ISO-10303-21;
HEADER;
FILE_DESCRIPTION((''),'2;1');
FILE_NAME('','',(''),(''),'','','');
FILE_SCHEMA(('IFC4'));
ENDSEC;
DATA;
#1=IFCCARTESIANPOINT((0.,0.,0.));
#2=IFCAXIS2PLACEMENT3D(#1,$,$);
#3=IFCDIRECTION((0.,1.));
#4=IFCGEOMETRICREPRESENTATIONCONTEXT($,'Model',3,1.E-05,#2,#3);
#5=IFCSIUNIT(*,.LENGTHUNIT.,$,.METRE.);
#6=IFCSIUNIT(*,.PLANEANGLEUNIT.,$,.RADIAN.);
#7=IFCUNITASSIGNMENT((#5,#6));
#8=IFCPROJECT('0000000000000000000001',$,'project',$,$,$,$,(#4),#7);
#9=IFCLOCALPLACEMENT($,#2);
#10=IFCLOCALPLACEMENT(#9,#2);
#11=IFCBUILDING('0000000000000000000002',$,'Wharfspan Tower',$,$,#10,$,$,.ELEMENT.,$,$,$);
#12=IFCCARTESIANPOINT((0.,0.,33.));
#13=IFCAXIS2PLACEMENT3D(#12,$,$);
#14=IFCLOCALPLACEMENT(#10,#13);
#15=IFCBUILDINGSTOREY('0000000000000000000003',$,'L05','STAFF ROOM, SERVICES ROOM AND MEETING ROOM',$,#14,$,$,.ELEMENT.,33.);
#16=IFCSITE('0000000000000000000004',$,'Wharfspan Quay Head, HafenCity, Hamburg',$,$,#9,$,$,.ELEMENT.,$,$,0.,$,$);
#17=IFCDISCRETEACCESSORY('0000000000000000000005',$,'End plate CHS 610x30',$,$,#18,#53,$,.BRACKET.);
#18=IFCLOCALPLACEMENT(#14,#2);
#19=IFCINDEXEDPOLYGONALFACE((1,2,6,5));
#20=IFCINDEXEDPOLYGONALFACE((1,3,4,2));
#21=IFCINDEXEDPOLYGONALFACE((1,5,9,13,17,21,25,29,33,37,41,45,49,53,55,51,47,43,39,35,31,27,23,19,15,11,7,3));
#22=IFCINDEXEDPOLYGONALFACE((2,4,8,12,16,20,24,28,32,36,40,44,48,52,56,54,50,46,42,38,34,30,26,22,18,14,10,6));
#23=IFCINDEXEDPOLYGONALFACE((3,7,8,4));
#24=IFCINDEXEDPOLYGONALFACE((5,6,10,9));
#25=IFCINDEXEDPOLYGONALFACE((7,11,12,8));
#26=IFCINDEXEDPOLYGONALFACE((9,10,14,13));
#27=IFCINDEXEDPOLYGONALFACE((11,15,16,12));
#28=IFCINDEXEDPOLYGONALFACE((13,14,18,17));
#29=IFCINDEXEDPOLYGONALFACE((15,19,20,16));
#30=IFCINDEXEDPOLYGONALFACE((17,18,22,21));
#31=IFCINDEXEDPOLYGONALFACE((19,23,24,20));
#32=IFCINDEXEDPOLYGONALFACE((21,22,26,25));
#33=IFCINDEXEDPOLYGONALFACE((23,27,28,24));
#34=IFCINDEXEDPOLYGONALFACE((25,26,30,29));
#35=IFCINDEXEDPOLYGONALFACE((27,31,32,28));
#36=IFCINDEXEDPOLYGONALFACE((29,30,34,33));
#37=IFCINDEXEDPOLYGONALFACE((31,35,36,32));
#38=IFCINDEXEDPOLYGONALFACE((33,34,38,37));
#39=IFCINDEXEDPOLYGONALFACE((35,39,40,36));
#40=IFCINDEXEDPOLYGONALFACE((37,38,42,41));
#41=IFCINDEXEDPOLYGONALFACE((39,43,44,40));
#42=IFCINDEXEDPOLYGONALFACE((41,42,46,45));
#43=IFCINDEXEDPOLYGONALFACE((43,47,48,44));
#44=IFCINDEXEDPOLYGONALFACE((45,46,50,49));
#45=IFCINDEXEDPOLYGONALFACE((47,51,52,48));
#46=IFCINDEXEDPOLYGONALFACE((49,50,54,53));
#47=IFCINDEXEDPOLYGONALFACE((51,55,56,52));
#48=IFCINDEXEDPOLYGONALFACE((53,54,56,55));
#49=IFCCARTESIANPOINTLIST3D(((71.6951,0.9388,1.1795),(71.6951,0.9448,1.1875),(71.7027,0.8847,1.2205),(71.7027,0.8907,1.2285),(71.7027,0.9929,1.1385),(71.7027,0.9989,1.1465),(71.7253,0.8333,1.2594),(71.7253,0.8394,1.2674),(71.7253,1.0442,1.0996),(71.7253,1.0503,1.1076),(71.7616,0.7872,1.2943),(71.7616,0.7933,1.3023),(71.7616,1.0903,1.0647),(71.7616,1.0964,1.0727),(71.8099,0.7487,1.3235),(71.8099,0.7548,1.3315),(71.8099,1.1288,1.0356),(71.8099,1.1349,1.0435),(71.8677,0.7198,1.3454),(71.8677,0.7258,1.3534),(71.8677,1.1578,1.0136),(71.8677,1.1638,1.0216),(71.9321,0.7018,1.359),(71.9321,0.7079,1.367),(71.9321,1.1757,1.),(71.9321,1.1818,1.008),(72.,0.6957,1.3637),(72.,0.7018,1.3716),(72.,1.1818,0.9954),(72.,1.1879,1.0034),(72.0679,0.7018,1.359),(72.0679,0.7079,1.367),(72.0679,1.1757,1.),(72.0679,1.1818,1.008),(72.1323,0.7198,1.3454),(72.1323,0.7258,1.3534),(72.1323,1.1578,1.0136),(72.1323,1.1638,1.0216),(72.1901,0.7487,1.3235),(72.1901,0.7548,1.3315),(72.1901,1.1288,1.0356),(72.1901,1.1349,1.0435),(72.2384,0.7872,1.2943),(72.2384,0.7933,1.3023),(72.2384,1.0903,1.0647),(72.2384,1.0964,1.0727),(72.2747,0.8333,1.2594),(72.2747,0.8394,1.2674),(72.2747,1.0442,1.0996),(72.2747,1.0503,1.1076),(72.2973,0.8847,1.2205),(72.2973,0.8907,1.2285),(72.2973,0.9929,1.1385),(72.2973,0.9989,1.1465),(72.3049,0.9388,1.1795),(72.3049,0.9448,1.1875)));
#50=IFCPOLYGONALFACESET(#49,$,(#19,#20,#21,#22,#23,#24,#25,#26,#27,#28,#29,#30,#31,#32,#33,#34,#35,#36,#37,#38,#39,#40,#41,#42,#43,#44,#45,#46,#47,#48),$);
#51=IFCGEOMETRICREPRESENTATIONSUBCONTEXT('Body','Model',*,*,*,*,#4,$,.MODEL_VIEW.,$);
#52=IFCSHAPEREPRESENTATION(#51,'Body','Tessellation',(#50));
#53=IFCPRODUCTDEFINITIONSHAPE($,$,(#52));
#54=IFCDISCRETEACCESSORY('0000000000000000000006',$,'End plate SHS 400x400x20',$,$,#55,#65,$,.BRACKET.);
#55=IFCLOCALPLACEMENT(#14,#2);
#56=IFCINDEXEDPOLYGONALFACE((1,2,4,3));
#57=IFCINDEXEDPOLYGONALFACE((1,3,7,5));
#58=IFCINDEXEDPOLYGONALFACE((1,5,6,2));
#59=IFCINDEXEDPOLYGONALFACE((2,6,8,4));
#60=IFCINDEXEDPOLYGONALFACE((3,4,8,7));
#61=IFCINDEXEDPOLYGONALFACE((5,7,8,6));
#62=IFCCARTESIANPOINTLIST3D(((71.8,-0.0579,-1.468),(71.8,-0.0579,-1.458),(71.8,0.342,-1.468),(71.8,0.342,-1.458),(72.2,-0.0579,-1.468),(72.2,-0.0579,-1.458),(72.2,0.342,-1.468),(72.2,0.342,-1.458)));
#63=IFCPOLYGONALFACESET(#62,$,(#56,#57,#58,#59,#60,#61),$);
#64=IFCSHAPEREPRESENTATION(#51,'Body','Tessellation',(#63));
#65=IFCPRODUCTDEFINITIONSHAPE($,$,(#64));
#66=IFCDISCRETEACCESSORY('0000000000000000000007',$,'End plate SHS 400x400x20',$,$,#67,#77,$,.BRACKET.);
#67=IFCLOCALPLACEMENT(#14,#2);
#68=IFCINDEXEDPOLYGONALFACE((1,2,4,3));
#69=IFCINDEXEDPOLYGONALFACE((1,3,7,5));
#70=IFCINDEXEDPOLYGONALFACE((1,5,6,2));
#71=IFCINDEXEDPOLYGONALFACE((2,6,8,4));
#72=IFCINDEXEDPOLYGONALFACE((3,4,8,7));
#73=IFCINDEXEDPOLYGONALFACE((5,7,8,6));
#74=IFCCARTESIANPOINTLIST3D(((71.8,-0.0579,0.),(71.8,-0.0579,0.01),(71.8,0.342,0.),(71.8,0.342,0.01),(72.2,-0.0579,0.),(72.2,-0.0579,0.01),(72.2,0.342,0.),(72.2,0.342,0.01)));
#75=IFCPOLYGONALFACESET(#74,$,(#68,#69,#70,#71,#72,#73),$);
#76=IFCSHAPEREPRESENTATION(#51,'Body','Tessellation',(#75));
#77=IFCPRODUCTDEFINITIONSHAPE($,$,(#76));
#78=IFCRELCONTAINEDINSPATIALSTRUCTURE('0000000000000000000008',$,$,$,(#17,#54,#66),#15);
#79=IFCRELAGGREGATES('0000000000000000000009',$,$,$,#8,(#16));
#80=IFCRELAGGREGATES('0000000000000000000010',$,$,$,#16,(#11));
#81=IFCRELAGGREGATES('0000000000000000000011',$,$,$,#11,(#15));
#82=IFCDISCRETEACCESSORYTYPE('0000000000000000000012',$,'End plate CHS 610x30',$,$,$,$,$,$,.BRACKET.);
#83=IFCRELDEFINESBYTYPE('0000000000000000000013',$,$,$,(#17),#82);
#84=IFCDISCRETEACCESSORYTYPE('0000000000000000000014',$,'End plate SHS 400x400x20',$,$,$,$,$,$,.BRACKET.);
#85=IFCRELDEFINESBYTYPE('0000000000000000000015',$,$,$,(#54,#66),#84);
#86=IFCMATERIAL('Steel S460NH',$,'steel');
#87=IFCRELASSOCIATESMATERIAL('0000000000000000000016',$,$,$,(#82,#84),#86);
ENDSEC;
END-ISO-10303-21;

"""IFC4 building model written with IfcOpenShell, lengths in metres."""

from ifc_helpers import new_model, si_unit, direction, frame, origin, origin_2d, place, context, subcontext, project, spatial, rectangle, circle, extrude, material, material_profile, profile_set, type_object, element, save


model = new_model("IFC4")

# Units and contexts
model_context = context("Model", 3, precision=1e-05, world=origin(), true_north=direction((0.0, 1.0)))
body_context = subcontext(model_context, "Body", "Model", "MODEL_VIEW")
ifc_project = project(units=[si_unit("LENGTHUNIT", "METRE"), si_unit("PLANEANGLEUNIT", "RADIAN")], contexts=[model_context])

# Site, building, storey
site_placement = place(None, origin())
site = spatial("IfcSite", under=ifc_project, at=site_placement, Name="Wharfspan Quay Head, HafenCity, Hamburg", CompositionType="ELEMENT", RefElevation=0.0)
building_placement = place(site_placement, origin())
building = spatial("IfcBuilding", under=site, at=building_placement, Name="Wharfspan Tower", CompositionType="ELEMENT")
storey_placement = place(building_placement, frame((0.0, 0.0, 33.0)))
storey = spatial("IfcBuildingStorey", under=building, at=storey_placement, Name="L05", Description="STAFF ROOM, SERVICES ROOM AND MEETING ROOM", CompositionType="ELEMENT", Elevation=33.0)

# Shared definitions
ifc_material_1 = material(Name="Steel S460NH", Category="steel")

# Discrete accessories
ifc_material_profile_1 = material_profile(ifc_material_1, circle(Radius=0.3049, at=origin_2d()))
ifc_profile_set_1 = profile_set([ifc_material_profile_1], Name="Steel S460NH")
discrete_accessory_type_1 = type_object("IfcDiscreteAccessoryType", Name="End plate CHS 610x30", PredefinedType="BRACKET", material=ifc_profile_set_1)
for number, where, z_axis, x_axis, name in (
    (1, (72.0, 0.9448, 1.1875), (0.0, -0.603858, -0.797092), (1.0, 0.0, 0.0), "End plate CHS 610x30"),
):
    element("IfcDiscreteAccessory", number, at=place(storey_placement, frame(where, z_axis=z_axis, x_axis=x_axis)), inside=storey, type_object=discrete_accessory_type_1, Name=name, PredefinedType="BRACKET", context=body_context, shape_type="SweptSolid", body=[
        extrude(circle(Radius=0.3049, at=origin_2d()), origin(), (0.0, 0.0, 1.0), 0.01),
    ])
ifc_material_profile_2 = material_profile(ifc_material_1, rectangle(XDim=0.3999, YDim=0.3999, at=origin_2d()))
ifc_profile_set_2 = profile_set([ifc_material_profile_2], Name="Steel S460NH")
discrete_accessory_type_2 = type_object("IfcDiscreteAccessoryType", Name="End plate SHS 400x400x20", PredefinedType="BRACKET", material=ifc_profile_set_2)
for number, where, z_axis, x_axis, name in (
    (2, (72.0, 0.1421, -1.468), (0.0, 0.0, 1.0), (1.0, 0.0, 0.0), "End plate SHS 400x400x20"),
    (3, (72.0, 0.1421, 0.0), (0.0, 0.0, 1.0), (1.0, 0.0, 0.0), "End plate SHS 400x400x20"),
):
    element("IfcDiscreteAccessory", number, at=place(storey_placement, frame(where, z_axis=z_axis, x_axis=x_axis)), inside=storey, type_object=discrete_accessory_type_2, Name=name, PredefinedType="BRACKET", context=body_context, shape_type="SweptSolid", body=[
        extrude(rectangle(XDim=0.3999, YDim=0.3999, at=origin_2d()), origin(), (0.0, 0.0, 1.0), 0.01),
    ])

save(model, "model.ifc")
